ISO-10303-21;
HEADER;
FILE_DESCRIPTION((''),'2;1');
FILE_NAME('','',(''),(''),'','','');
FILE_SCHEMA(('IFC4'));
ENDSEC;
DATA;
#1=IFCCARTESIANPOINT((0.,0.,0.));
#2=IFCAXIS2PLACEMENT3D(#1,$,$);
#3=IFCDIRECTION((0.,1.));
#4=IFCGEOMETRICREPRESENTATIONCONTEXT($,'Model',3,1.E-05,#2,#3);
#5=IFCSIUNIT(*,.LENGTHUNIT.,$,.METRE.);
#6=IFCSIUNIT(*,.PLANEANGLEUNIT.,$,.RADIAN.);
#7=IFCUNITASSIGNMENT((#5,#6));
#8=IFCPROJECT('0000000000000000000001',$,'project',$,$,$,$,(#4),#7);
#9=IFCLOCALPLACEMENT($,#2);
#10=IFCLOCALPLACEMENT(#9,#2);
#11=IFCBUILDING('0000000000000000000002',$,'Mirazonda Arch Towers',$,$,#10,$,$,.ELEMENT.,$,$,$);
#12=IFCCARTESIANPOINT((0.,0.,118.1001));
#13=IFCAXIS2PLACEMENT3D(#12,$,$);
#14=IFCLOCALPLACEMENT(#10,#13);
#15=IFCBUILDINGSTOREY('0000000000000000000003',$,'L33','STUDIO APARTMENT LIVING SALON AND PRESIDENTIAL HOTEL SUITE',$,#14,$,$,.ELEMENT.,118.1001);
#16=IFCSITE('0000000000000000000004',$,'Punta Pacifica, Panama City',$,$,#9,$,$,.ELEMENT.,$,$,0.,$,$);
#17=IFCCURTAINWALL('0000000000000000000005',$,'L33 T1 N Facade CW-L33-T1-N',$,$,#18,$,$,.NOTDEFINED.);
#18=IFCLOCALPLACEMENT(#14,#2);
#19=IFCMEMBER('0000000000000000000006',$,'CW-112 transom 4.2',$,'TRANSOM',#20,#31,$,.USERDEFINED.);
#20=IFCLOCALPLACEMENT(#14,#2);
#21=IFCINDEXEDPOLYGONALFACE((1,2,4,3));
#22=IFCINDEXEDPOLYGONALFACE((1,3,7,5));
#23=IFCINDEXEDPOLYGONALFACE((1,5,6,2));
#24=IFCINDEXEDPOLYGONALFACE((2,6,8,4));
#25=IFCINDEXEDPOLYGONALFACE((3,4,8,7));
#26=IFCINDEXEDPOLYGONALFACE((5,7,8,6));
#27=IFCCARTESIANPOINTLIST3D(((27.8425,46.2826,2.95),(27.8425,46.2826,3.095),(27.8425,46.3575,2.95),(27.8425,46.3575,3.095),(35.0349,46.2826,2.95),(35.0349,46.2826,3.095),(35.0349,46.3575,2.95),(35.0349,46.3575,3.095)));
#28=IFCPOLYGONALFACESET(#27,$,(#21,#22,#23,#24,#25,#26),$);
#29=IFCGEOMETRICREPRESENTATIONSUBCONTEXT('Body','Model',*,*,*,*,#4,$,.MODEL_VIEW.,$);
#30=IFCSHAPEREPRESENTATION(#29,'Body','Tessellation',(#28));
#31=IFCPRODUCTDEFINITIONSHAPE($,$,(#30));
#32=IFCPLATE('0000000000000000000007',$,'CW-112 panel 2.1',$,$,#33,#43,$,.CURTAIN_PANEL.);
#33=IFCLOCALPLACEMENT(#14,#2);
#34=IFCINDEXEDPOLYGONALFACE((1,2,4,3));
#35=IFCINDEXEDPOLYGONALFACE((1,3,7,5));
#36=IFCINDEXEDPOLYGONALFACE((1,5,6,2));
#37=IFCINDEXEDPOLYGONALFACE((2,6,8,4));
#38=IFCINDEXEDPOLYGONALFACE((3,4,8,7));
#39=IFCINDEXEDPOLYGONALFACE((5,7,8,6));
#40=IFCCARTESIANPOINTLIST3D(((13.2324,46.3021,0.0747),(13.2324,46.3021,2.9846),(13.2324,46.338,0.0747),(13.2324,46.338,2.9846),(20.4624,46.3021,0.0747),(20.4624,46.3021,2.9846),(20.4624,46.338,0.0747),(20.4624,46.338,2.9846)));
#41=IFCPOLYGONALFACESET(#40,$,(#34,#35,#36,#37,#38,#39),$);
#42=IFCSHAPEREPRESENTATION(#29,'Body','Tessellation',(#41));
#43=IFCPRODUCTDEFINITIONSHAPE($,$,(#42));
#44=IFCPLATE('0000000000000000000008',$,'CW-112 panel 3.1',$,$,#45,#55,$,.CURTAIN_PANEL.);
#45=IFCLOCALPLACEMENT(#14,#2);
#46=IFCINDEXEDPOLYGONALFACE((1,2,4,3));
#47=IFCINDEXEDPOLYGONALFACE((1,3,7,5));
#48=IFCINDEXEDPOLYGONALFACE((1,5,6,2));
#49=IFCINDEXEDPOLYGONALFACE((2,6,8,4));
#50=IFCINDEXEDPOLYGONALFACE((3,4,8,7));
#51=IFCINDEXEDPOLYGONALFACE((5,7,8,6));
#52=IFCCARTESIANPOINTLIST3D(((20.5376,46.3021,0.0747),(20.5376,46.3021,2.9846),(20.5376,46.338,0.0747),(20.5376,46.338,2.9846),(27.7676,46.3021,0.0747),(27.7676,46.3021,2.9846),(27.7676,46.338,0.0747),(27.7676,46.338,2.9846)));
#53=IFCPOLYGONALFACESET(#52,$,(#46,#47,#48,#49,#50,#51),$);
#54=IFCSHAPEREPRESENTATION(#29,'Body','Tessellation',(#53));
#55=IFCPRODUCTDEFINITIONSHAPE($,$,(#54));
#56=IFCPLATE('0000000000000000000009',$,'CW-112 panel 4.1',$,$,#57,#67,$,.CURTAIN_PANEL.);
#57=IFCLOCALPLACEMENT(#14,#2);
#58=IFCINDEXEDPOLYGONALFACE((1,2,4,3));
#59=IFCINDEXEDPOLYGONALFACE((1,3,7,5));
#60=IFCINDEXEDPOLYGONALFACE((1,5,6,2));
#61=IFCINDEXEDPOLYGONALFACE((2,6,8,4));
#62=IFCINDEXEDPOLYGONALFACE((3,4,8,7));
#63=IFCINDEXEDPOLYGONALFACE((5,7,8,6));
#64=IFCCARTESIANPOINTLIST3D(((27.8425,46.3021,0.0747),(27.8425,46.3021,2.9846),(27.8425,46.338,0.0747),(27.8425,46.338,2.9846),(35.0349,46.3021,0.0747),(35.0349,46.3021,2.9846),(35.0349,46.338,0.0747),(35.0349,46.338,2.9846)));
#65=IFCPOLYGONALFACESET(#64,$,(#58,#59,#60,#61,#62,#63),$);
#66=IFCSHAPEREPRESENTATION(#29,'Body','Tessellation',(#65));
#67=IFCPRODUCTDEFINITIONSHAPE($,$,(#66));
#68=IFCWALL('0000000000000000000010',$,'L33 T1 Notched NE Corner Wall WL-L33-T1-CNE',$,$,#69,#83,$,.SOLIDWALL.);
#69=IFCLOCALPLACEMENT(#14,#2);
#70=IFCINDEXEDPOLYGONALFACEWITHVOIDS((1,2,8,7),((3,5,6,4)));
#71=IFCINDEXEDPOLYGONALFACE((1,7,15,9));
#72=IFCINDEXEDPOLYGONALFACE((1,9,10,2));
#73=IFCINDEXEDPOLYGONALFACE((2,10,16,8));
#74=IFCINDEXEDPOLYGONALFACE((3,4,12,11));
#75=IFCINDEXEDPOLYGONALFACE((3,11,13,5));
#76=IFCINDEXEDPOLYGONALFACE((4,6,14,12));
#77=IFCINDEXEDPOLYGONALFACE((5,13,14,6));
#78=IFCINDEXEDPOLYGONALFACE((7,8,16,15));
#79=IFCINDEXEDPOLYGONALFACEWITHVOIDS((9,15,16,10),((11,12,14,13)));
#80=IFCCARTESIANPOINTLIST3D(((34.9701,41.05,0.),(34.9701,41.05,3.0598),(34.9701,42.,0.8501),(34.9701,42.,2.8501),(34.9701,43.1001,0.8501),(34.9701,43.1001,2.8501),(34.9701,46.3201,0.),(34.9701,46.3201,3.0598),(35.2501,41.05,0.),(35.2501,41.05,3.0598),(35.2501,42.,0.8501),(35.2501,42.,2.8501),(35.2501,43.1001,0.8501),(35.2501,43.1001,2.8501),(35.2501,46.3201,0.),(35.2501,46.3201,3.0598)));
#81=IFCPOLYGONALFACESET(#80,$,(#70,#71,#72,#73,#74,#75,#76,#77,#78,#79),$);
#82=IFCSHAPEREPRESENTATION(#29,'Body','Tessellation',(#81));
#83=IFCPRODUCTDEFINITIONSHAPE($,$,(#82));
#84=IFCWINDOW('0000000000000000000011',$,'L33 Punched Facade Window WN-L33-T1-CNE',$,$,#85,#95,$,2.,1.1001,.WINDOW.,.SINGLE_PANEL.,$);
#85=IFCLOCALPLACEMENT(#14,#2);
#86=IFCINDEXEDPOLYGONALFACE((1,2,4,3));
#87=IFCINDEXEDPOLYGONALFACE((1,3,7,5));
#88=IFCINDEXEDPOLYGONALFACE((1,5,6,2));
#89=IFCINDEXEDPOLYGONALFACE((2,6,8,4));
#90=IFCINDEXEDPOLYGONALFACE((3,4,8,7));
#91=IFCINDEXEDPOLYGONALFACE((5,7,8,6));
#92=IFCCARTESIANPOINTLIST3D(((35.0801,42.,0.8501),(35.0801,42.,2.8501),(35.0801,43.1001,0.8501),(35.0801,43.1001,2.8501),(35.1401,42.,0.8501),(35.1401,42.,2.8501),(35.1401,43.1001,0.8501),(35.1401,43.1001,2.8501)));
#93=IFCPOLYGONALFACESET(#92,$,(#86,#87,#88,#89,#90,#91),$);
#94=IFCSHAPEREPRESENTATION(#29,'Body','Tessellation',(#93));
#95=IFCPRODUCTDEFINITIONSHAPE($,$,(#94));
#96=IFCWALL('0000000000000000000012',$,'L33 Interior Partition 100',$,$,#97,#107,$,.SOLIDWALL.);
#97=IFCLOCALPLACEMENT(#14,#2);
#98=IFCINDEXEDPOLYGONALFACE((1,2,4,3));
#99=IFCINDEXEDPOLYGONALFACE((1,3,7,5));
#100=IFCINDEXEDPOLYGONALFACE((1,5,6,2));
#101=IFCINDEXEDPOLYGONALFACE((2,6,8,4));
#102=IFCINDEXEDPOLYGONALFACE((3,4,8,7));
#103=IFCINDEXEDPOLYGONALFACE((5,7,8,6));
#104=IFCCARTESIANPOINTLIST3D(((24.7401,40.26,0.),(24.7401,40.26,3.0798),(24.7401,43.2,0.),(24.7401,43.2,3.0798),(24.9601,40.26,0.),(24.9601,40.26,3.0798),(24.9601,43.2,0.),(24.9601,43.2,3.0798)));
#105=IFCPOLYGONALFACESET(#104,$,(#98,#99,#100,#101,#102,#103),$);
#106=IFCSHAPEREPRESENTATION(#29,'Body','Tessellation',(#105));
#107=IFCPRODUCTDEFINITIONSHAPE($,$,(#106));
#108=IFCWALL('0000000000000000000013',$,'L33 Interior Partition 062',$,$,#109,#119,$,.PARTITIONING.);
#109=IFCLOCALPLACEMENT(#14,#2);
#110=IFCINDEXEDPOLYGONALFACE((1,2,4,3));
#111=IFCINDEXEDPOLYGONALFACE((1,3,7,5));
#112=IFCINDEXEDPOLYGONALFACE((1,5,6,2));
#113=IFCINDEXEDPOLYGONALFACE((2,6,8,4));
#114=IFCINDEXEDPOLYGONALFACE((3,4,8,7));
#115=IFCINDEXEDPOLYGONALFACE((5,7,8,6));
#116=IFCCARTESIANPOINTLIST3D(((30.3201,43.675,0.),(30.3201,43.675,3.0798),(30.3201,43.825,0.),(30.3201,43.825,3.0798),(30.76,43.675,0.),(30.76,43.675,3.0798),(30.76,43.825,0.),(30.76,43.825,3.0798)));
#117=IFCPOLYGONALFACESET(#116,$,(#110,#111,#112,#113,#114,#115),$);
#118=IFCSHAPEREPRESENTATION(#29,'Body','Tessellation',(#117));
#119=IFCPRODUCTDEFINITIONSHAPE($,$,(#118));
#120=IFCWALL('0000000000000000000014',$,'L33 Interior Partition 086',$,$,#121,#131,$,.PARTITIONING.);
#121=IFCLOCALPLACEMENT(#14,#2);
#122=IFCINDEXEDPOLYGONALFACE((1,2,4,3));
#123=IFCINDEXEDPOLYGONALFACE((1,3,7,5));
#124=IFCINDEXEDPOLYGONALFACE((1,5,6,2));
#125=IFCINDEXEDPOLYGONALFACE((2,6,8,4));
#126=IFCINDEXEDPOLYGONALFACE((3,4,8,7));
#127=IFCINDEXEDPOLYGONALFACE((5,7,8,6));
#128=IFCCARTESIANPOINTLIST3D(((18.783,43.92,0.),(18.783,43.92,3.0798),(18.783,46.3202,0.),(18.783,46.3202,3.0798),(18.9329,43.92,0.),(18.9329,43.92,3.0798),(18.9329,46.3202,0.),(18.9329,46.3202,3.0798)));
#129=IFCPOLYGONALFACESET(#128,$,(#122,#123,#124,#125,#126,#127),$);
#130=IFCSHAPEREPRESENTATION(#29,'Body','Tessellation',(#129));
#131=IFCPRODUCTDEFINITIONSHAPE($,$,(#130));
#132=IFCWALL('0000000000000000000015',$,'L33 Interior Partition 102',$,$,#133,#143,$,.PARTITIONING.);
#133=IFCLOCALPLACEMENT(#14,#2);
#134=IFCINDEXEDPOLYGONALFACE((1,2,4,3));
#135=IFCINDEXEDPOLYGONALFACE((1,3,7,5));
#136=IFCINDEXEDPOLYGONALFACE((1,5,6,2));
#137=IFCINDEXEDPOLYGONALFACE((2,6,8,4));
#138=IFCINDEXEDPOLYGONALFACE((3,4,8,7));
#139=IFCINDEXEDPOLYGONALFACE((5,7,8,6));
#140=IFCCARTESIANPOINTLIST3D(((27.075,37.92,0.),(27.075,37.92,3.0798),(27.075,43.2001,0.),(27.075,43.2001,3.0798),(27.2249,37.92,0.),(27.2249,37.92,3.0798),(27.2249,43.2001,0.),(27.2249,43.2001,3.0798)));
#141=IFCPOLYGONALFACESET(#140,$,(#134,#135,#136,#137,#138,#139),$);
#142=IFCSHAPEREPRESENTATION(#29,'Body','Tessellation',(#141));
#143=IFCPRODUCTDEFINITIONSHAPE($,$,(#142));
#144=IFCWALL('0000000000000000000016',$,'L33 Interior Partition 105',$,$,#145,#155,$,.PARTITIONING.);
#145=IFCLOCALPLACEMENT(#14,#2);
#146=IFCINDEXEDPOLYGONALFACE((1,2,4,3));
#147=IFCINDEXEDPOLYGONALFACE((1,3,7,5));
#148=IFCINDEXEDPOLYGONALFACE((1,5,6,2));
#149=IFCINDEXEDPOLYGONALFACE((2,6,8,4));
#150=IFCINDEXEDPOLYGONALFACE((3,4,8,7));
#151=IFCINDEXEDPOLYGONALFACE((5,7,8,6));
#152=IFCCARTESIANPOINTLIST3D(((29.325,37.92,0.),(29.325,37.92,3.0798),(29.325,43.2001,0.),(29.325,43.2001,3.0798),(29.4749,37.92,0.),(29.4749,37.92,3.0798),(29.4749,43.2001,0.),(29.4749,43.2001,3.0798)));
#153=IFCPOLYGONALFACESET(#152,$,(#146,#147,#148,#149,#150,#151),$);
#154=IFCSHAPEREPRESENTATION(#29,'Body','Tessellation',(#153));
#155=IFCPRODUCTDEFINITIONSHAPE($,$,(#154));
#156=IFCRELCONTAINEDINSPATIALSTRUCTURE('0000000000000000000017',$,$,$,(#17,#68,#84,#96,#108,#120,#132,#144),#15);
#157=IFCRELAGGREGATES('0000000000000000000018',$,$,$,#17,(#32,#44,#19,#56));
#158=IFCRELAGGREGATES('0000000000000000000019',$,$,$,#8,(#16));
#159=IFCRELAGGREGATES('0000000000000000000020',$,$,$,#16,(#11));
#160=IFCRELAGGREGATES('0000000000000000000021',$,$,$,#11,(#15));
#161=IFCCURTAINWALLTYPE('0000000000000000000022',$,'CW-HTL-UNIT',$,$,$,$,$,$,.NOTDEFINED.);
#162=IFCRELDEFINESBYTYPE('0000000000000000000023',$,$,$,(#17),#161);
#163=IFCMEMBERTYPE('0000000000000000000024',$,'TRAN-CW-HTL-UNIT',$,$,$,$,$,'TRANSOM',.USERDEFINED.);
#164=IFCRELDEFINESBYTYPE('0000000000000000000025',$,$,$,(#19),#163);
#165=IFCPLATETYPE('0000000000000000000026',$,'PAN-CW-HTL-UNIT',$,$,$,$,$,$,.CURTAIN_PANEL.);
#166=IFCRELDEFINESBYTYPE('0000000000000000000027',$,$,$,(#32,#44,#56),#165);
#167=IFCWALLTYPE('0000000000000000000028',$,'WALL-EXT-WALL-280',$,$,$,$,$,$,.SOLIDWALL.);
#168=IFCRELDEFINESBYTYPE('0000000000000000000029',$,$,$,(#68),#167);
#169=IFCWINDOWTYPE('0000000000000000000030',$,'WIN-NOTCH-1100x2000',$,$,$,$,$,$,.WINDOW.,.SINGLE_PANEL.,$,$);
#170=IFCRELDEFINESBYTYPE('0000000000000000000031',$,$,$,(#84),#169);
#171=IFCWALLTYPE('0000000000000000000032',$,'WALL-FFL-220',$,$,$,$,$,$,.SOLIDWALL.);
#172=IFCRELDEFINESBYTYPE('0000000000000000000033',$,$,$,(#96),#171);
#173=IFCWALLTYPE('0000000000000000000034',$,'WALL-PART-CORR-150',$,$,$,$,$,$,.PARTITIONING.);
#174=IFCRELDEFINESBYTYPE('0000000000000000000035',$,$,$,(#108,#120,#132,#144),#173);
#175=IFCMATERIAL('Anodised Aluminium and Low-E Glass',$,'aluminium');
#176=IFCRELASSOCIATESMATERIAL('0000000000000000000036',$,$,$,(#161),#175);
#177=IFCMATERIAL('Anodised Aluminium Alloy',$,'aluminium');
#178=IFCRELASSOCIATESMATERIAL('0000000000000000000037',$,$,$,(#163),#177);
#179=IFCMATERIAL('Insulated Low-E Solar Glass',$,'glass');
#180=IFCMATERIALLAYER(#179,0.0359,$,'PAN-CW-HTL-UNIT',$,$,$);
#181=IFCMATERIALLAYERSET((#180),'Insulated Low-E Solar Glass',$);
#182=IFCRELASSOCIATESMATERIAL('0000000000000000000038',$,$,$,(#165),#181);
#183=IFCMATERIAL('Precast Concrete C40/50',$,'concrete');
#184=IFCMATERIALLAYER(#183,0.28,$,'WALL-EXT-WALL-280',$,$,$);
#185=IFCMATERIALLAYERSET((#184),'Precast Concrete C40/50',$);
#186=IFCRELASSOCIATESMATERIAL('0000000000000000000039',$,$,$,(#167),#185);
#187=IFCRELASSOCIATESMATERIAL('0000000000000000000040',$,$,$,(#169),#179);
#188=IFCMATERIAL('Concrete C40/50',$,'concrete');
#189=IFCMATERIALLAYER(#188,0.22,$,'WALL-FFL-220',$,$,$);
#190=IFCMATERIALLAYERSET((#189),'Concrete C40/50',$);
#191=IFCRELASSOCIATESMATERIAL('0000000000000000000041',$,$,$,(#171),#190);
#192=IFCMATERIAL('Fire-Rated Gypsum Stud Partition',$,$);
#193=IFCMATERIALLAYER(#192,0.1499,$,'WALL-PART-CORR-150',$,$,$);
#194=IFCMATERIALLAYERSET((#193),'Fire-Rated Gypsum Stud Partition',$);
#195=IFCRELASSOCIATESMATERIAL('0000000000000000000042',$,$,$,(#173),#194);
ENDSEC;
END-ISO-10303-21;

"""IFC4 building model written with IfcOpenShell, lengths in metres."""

from ifc_helpers import new_model, si_unit, direction, frame, frame_2d, origin, origin_2d, place, context, subcontext, project, spatial, rectangle, extrude, material, layer, layer_set, material_profile, profile_set, type_object, element, fill, aggregate, save


model = new_model("IFC4")

# Units and contexts
model_context = context("Model", 3, precision=1e-05, world=origin(), true_north=direction((0.0, 1.0)))
body_context = subcontext(model_context, "Body", "Model", "MODEL_VIEW")
ifc_project = project(units=[si_unit("LENGTHUNIT", "METRE"), si_unit("PLANEANGLEUNIT", "RADIAN")], contexts=[model_context])

# Site, building, storey
site_placement = place(None, origin())
site = spatial("IfcSite", under=ifc_project, at=site_placement, Name="Punta Pacifica, Panama City", CompositionType="ELEMENT", RefElevation=0.0)
building_placement = place(site_placement, origin())
building = spatial("IfcBuilding", under=site, at=building_placement, Name="Mirazonda Arch Towers", CompositionType="ELEMENT")
storey_placement = place(building_placement, frame((0.0, 0.0, 118.1001)))
storey = spatial("IfcBuildingStorey", under=building, at=storey_placement, Name="L33", Description="STUDIO APARTMENT LIVING SALON AND PRESIDENTIAL HOTEL SUITE", CompositionType="ELEMENT", Elevation=118.1001)

# Curtain wall, member, plates
ifc_material_1 = material(Name="Anodised Aluminium and Low-E Glass", Category="aluminium")
curtain_wall_type = type_object("IfcCurtainWallType", Name="CW-HTL-UNIT", PredefinedType="NOTDEFINED", material=ifc_material_1)
curtain_wall_placement = place(storey_placement, origin())
curtain_wall = element("IfcCurtainWall", 1, at=curtain_wall_placement, inside=storey, type_object=curtain_wall_type, Name="L33 T1 N Facade CW-L33-T1-N", PredefinedType="NOTDEFINED")
ifc_material_2 = material(Name="Anodised Aluminium Alloy", Category="aluminium")
ifc_material_profile_1 = material_profile(ifc_material_2, rectangle(XDim=0.075, YDim=0.145, at=origin_2d()), Name="ALU-TRAN-75x145")
ifc_profile_set_1 = profile_set([ifc_material_profile_1], Name="Anodised Aluminium Alloy")
member_type_1 = type_object("IfcMemberType", Name="TRAN-CW-HTL-UNIT", ElementType="TRANSOM", PredefinedType="USERDEFINED", material=ifc_profile_set_1)
member_1_placement = place(storey_placement, frame((27.8425, 46.3201, 3.0225), z_axis=(1.0, 0.0, 0.0), x_axis=(0.0, 1.0, 0.0)))
member_1 = element("IfcMember", 2, at=member_1_placement, type_object=member_type_1, Name="CW-112 transom 4.2", ObjectType="TRANSOM", PredefinedType="USERDEFINED", context=body_context, shape_type="SweptSolid", body=[
    extrude(rectangle(XDim=0.075, YDim=0.145, at=origin_2d()), origin(), (0.0, 0.0, 1.0), 7.1924),
])
ifc_material_3 = material(Name="Insulated Low-E Solar Glass", Category="glass")
ifc_layer_1 = layer(ifc_material_3, 0.0359, Name="PAN-CW-HTL-UNIT")
ifc_layer_set_1 = layer_set([ifc_layer_1], Name="Insulated Low-E Solar Glass")
plate_type = type_object("IfcPlateType", Name="PAN-CW-HTL-UNIT", PredefinedType="CURTAIN_PANEL", material=ifc_layer_set_1)
plate_1_placement = place(storey_placement, frame((16.8474, 46.3201, 0.0747), z_axis=(0.0, 0.0, 1.0), x_axis=(1.0, 0.0, 0.0)))
plate_1 = element("IfcPlate", 3, at=plate_1_placement, type_object=plate_type, Name="CW-112 panel 2.1", PredefinedType="CURTAIN_PANEL", context=body_context, shape_type="SweptSolid", body=[
    extrude(rectangle(XDim=7.23, YDim=0.0359, at=origin_2d()), origin(), (0.0, 0.0, 1.0), 2.9099),
])
plate_2_placement = place(storey_placement, frame((24.1526, 46.3201, 0.0747), z_axis=(0.0, 0.0, 1.0), x_axis=(1.0, 0.0, 0.0)))
plate_2 = element("IfcPlate", 4, at=plate_2_placement, type_object=plate_type, Name="CW-112 panel 3.1", PredefinedType="CURTAIN_PANEL", context=body_context, shape_type="SweptSolid", body=[
    extrude(rectangle(XDim=7.23, YDim=0.0359, at=origin_2d()), origin(), (0.0, 0.0, 1.0), 2.9099),
])
plate_3_placement = place(storey_placement, frame((31.4387, 46.3201, 0.0747), z_axis=(0.0, 0.0, 1.0), x_axis=(1.0, 0.0, 0.0)))
plate_3 = element("IfcPlate", 5, at=plate_3_placement, type_object=plate_type, Name="CW-112 panel 4.1", PredefinedType="CURTAIN_PANEL", context=body_context, shape_type="SweptSolid", body=[
    extrude(rectangle(XDim=7.1924, YDim=0.0359, at=origin_2d()), origin(), (0.0, 0.0, 1.0), 2.9099),
])
aggregate(curtain_wall, [plate_1, plate_2, member_1, plate_3])

# Wall, opening, window
ifc_material_4 = material(Name="Precast Concrete C40/50", Category="concrete")
ifc_layer_2 = layer(ifc_material_4, 0.28, Name="WALL-EXT-WALL-280")
ifc_layer_set_2 = layer_set([ifc_layer_2], Name="Precast Concrete C40/50")
wall_type_1 = type_object("IfcWallType", Name="WALL-EXT-WALL-280", PredefinedType="SOLIDWALL", material=ifc_layer_set_2)
wall_1_placement = place(storey_placement, frame((35.1101, 41.05, 0.0), z_axis=(0.0, 0.0, 1.0), x_axis=(0.0, 1.0, 0.0)))
wall_1 = element("IfcWall", 6, at=wall_1_placement, inside=storey, type_object=wall_type_1, Name="L33 T1 Notched NE Corner Wall WL-L33-T1-CNE", PredefinedType="SOLIDWALL", context=body_context, shape_type="SweptSolid", body=[
    extrude(rectangle(XDim=5.27, YDim=0.28, at=frame_2d((2.635, 0.0))), origin(), (0.0, 0.0, 1.0), 3.0598),
])
opening_1_placement = place(wall_1_placement, frame((0.95, 0.0, 0.8501)))
opening_1 = element("IfcOpeningElement", 7, at=opening_1_placement, cuts=wall_1, PredefinedType="OPENING", context=body_context, shape_type="SweptSolid", body=[
    extrude(rectangle(XDim=1.1001, YDim=2.0, at=frame_2d((0.55, 1.0))), frame((0.0, 0.1499, 0.0), z_axis=(0.0, -1.0, 0.0), x_axis=(1.0, 0.0, 0.0)), (0.0, 0.0, 1.0), 0.3),
])
window_type = type_object("IfcWindowType", Name="WIN-NOTCH-1100x2000", PartitioningType="SINGLE_PANEL", PredefinedType="WINDOW", material=ifc_material_3)
window_placement = place(opening_1_placement, origin())
window = element("IfcWindow", 8, at=window_placement, inside=storey, type_object=window_type, Name="L33 Punched Facade Window WN-L33-T1-CNE", OverallHeight=2.0, OverallWidth=1.1001, PartitioningType="SINGLE_PANEL", PredefinedType="WINDOW", context=body_context, shape_type="SweptSolid", body=[
    extrude(rectangle(XDim=1.1001, YDim=2.0, at=frame_2d((0.55, 1.0))), frame((0.0, 0.03, 0.0), z_axis=(0.0, -1.0, 0.0), x_axis=(1.0, 0.0, 0.0)), (0.0, 0.0, 1.0), 0.0601),
])
fill(opening_1, window)

# Walls
ifc_material_5 = material(Name="Concrete C40/50", Category="concrete")
ifc_layer_3 = layer(ifc_material_5, 0.22, Name="WALL-FFL-220")
ifc_layer_set_3 = layer_set([ifc_layer_3], Name="Concrete C40/50")
wall_type_2 = type_object("IfcWallType", Name="WALL-FFL-220", PredefinedType="SOLIDWALL", material=ifc_layer_set_3)
wall_2_placement = place(storey_placement, frame((24.8501, 40.26, 0.0), z_axis=(0.0, 0.0, 1.0), x_axis=(0.0, 1.0, 0.0)))
element("IfcWall", 9, at=wall_2_placement, inside=storey, type_object=wall_type_2, Name="L33 Interior Partition 100", PredefinedType="SOLIDWALL", context=body_context, shape_type="SweptSolid", body=[
    extrude(rectangle(XDim=2.9399, YDim=0.22, at=frame_2d((1.47, 0.0))), origin(), (0.0, 0.0, 1.0), 3.0798),
])
ifc_material_6 = material(Name="Fire-Rated Gypsum Stud Partition")
ifc_layer_4 = layer(ifc_material_6, 0.1499, Name="WALL-PART-CORR-150")
ifc_layer_set_4 = layer_set([ifc_layer_4], Name="Fire-Rated Gypsum Stud Partition")
wall_type_3 = type_object("IfcWallType", Name="WALL-PART-CORR-150", PredefinedType="PARTITIONING", material=ifc_layer_set_4)
wall_3_placement = place(storey_placement, frame((30.3201, 43.75, 0.0), z_axis=(0.0, 0.0, 1.0), x_axis=(1.0, 0.0, 0.0)))
element("IfcWall", 10, at=wall_3_placement, inside=storey, type_object=wall_type_3, Name="L33 Interior Partition 062", PredefinedType="PARTITIONING", context=body_context, shape_type="SweptSolid", body=[
    extrude(rectangle(XDim=0.4399, YDim=0.1499, at=frame_2d((0.22, 0.0))), origin(), (0.0, 0.0, 1.0), 3.0798),
])
wall_4_placement = place(storey_placement, frame((18.8579, 43.9199, 0.0), z_axis=(0.0, 0.0, 1.0), x_axis=(0.0, 1.0, 0.0)))
element("IfcWall", 11, at=wall_4_placement, inside=storey, type_object=wall_type_3, Name="L33 Interior Partition 086", PredefinedType="PARTITIONING", context=body_context, shape_type="SweptSolid", body=[
    extrude(rectangle(XDim=2.4001, YDim=0.1499, at=frame_2d((1.2002, 0.0))), origin(), (0.0, 0.0, 1.0), 3.0798),
])
for number, where, z_axis, x_axis, name in (
    (12, (27.1499, 37.9199, 0.0), (0.0, 0.0, 1.0), (0.0, 1.0, 0.0), "L33 Interior Partition 102"),
    (13, (29.3999, 37.9199, 0.0), (0.0, 0.0, 1.0), (0.0, 1.0, 0.0), "L33 Interior Partition 105"),
):
    element("IfcWall", number, at=place(storey_placement, frame(where, z_axis=z_axis, x_axis=x_axis)), inside=storey, type_object=wall_type_3, Name=name, PredefinedType="PARTITIONING", context=body_context, shape_type="SweptSolid", body=[
        extrude(rectangle(XDim=5.28, YDim=0.1499, at=frame_2d((2.6401, 0.0))), origin(), (0.0, 0.0, 1.0), 3.0798),
    ])

save(model, "model.ifc")
